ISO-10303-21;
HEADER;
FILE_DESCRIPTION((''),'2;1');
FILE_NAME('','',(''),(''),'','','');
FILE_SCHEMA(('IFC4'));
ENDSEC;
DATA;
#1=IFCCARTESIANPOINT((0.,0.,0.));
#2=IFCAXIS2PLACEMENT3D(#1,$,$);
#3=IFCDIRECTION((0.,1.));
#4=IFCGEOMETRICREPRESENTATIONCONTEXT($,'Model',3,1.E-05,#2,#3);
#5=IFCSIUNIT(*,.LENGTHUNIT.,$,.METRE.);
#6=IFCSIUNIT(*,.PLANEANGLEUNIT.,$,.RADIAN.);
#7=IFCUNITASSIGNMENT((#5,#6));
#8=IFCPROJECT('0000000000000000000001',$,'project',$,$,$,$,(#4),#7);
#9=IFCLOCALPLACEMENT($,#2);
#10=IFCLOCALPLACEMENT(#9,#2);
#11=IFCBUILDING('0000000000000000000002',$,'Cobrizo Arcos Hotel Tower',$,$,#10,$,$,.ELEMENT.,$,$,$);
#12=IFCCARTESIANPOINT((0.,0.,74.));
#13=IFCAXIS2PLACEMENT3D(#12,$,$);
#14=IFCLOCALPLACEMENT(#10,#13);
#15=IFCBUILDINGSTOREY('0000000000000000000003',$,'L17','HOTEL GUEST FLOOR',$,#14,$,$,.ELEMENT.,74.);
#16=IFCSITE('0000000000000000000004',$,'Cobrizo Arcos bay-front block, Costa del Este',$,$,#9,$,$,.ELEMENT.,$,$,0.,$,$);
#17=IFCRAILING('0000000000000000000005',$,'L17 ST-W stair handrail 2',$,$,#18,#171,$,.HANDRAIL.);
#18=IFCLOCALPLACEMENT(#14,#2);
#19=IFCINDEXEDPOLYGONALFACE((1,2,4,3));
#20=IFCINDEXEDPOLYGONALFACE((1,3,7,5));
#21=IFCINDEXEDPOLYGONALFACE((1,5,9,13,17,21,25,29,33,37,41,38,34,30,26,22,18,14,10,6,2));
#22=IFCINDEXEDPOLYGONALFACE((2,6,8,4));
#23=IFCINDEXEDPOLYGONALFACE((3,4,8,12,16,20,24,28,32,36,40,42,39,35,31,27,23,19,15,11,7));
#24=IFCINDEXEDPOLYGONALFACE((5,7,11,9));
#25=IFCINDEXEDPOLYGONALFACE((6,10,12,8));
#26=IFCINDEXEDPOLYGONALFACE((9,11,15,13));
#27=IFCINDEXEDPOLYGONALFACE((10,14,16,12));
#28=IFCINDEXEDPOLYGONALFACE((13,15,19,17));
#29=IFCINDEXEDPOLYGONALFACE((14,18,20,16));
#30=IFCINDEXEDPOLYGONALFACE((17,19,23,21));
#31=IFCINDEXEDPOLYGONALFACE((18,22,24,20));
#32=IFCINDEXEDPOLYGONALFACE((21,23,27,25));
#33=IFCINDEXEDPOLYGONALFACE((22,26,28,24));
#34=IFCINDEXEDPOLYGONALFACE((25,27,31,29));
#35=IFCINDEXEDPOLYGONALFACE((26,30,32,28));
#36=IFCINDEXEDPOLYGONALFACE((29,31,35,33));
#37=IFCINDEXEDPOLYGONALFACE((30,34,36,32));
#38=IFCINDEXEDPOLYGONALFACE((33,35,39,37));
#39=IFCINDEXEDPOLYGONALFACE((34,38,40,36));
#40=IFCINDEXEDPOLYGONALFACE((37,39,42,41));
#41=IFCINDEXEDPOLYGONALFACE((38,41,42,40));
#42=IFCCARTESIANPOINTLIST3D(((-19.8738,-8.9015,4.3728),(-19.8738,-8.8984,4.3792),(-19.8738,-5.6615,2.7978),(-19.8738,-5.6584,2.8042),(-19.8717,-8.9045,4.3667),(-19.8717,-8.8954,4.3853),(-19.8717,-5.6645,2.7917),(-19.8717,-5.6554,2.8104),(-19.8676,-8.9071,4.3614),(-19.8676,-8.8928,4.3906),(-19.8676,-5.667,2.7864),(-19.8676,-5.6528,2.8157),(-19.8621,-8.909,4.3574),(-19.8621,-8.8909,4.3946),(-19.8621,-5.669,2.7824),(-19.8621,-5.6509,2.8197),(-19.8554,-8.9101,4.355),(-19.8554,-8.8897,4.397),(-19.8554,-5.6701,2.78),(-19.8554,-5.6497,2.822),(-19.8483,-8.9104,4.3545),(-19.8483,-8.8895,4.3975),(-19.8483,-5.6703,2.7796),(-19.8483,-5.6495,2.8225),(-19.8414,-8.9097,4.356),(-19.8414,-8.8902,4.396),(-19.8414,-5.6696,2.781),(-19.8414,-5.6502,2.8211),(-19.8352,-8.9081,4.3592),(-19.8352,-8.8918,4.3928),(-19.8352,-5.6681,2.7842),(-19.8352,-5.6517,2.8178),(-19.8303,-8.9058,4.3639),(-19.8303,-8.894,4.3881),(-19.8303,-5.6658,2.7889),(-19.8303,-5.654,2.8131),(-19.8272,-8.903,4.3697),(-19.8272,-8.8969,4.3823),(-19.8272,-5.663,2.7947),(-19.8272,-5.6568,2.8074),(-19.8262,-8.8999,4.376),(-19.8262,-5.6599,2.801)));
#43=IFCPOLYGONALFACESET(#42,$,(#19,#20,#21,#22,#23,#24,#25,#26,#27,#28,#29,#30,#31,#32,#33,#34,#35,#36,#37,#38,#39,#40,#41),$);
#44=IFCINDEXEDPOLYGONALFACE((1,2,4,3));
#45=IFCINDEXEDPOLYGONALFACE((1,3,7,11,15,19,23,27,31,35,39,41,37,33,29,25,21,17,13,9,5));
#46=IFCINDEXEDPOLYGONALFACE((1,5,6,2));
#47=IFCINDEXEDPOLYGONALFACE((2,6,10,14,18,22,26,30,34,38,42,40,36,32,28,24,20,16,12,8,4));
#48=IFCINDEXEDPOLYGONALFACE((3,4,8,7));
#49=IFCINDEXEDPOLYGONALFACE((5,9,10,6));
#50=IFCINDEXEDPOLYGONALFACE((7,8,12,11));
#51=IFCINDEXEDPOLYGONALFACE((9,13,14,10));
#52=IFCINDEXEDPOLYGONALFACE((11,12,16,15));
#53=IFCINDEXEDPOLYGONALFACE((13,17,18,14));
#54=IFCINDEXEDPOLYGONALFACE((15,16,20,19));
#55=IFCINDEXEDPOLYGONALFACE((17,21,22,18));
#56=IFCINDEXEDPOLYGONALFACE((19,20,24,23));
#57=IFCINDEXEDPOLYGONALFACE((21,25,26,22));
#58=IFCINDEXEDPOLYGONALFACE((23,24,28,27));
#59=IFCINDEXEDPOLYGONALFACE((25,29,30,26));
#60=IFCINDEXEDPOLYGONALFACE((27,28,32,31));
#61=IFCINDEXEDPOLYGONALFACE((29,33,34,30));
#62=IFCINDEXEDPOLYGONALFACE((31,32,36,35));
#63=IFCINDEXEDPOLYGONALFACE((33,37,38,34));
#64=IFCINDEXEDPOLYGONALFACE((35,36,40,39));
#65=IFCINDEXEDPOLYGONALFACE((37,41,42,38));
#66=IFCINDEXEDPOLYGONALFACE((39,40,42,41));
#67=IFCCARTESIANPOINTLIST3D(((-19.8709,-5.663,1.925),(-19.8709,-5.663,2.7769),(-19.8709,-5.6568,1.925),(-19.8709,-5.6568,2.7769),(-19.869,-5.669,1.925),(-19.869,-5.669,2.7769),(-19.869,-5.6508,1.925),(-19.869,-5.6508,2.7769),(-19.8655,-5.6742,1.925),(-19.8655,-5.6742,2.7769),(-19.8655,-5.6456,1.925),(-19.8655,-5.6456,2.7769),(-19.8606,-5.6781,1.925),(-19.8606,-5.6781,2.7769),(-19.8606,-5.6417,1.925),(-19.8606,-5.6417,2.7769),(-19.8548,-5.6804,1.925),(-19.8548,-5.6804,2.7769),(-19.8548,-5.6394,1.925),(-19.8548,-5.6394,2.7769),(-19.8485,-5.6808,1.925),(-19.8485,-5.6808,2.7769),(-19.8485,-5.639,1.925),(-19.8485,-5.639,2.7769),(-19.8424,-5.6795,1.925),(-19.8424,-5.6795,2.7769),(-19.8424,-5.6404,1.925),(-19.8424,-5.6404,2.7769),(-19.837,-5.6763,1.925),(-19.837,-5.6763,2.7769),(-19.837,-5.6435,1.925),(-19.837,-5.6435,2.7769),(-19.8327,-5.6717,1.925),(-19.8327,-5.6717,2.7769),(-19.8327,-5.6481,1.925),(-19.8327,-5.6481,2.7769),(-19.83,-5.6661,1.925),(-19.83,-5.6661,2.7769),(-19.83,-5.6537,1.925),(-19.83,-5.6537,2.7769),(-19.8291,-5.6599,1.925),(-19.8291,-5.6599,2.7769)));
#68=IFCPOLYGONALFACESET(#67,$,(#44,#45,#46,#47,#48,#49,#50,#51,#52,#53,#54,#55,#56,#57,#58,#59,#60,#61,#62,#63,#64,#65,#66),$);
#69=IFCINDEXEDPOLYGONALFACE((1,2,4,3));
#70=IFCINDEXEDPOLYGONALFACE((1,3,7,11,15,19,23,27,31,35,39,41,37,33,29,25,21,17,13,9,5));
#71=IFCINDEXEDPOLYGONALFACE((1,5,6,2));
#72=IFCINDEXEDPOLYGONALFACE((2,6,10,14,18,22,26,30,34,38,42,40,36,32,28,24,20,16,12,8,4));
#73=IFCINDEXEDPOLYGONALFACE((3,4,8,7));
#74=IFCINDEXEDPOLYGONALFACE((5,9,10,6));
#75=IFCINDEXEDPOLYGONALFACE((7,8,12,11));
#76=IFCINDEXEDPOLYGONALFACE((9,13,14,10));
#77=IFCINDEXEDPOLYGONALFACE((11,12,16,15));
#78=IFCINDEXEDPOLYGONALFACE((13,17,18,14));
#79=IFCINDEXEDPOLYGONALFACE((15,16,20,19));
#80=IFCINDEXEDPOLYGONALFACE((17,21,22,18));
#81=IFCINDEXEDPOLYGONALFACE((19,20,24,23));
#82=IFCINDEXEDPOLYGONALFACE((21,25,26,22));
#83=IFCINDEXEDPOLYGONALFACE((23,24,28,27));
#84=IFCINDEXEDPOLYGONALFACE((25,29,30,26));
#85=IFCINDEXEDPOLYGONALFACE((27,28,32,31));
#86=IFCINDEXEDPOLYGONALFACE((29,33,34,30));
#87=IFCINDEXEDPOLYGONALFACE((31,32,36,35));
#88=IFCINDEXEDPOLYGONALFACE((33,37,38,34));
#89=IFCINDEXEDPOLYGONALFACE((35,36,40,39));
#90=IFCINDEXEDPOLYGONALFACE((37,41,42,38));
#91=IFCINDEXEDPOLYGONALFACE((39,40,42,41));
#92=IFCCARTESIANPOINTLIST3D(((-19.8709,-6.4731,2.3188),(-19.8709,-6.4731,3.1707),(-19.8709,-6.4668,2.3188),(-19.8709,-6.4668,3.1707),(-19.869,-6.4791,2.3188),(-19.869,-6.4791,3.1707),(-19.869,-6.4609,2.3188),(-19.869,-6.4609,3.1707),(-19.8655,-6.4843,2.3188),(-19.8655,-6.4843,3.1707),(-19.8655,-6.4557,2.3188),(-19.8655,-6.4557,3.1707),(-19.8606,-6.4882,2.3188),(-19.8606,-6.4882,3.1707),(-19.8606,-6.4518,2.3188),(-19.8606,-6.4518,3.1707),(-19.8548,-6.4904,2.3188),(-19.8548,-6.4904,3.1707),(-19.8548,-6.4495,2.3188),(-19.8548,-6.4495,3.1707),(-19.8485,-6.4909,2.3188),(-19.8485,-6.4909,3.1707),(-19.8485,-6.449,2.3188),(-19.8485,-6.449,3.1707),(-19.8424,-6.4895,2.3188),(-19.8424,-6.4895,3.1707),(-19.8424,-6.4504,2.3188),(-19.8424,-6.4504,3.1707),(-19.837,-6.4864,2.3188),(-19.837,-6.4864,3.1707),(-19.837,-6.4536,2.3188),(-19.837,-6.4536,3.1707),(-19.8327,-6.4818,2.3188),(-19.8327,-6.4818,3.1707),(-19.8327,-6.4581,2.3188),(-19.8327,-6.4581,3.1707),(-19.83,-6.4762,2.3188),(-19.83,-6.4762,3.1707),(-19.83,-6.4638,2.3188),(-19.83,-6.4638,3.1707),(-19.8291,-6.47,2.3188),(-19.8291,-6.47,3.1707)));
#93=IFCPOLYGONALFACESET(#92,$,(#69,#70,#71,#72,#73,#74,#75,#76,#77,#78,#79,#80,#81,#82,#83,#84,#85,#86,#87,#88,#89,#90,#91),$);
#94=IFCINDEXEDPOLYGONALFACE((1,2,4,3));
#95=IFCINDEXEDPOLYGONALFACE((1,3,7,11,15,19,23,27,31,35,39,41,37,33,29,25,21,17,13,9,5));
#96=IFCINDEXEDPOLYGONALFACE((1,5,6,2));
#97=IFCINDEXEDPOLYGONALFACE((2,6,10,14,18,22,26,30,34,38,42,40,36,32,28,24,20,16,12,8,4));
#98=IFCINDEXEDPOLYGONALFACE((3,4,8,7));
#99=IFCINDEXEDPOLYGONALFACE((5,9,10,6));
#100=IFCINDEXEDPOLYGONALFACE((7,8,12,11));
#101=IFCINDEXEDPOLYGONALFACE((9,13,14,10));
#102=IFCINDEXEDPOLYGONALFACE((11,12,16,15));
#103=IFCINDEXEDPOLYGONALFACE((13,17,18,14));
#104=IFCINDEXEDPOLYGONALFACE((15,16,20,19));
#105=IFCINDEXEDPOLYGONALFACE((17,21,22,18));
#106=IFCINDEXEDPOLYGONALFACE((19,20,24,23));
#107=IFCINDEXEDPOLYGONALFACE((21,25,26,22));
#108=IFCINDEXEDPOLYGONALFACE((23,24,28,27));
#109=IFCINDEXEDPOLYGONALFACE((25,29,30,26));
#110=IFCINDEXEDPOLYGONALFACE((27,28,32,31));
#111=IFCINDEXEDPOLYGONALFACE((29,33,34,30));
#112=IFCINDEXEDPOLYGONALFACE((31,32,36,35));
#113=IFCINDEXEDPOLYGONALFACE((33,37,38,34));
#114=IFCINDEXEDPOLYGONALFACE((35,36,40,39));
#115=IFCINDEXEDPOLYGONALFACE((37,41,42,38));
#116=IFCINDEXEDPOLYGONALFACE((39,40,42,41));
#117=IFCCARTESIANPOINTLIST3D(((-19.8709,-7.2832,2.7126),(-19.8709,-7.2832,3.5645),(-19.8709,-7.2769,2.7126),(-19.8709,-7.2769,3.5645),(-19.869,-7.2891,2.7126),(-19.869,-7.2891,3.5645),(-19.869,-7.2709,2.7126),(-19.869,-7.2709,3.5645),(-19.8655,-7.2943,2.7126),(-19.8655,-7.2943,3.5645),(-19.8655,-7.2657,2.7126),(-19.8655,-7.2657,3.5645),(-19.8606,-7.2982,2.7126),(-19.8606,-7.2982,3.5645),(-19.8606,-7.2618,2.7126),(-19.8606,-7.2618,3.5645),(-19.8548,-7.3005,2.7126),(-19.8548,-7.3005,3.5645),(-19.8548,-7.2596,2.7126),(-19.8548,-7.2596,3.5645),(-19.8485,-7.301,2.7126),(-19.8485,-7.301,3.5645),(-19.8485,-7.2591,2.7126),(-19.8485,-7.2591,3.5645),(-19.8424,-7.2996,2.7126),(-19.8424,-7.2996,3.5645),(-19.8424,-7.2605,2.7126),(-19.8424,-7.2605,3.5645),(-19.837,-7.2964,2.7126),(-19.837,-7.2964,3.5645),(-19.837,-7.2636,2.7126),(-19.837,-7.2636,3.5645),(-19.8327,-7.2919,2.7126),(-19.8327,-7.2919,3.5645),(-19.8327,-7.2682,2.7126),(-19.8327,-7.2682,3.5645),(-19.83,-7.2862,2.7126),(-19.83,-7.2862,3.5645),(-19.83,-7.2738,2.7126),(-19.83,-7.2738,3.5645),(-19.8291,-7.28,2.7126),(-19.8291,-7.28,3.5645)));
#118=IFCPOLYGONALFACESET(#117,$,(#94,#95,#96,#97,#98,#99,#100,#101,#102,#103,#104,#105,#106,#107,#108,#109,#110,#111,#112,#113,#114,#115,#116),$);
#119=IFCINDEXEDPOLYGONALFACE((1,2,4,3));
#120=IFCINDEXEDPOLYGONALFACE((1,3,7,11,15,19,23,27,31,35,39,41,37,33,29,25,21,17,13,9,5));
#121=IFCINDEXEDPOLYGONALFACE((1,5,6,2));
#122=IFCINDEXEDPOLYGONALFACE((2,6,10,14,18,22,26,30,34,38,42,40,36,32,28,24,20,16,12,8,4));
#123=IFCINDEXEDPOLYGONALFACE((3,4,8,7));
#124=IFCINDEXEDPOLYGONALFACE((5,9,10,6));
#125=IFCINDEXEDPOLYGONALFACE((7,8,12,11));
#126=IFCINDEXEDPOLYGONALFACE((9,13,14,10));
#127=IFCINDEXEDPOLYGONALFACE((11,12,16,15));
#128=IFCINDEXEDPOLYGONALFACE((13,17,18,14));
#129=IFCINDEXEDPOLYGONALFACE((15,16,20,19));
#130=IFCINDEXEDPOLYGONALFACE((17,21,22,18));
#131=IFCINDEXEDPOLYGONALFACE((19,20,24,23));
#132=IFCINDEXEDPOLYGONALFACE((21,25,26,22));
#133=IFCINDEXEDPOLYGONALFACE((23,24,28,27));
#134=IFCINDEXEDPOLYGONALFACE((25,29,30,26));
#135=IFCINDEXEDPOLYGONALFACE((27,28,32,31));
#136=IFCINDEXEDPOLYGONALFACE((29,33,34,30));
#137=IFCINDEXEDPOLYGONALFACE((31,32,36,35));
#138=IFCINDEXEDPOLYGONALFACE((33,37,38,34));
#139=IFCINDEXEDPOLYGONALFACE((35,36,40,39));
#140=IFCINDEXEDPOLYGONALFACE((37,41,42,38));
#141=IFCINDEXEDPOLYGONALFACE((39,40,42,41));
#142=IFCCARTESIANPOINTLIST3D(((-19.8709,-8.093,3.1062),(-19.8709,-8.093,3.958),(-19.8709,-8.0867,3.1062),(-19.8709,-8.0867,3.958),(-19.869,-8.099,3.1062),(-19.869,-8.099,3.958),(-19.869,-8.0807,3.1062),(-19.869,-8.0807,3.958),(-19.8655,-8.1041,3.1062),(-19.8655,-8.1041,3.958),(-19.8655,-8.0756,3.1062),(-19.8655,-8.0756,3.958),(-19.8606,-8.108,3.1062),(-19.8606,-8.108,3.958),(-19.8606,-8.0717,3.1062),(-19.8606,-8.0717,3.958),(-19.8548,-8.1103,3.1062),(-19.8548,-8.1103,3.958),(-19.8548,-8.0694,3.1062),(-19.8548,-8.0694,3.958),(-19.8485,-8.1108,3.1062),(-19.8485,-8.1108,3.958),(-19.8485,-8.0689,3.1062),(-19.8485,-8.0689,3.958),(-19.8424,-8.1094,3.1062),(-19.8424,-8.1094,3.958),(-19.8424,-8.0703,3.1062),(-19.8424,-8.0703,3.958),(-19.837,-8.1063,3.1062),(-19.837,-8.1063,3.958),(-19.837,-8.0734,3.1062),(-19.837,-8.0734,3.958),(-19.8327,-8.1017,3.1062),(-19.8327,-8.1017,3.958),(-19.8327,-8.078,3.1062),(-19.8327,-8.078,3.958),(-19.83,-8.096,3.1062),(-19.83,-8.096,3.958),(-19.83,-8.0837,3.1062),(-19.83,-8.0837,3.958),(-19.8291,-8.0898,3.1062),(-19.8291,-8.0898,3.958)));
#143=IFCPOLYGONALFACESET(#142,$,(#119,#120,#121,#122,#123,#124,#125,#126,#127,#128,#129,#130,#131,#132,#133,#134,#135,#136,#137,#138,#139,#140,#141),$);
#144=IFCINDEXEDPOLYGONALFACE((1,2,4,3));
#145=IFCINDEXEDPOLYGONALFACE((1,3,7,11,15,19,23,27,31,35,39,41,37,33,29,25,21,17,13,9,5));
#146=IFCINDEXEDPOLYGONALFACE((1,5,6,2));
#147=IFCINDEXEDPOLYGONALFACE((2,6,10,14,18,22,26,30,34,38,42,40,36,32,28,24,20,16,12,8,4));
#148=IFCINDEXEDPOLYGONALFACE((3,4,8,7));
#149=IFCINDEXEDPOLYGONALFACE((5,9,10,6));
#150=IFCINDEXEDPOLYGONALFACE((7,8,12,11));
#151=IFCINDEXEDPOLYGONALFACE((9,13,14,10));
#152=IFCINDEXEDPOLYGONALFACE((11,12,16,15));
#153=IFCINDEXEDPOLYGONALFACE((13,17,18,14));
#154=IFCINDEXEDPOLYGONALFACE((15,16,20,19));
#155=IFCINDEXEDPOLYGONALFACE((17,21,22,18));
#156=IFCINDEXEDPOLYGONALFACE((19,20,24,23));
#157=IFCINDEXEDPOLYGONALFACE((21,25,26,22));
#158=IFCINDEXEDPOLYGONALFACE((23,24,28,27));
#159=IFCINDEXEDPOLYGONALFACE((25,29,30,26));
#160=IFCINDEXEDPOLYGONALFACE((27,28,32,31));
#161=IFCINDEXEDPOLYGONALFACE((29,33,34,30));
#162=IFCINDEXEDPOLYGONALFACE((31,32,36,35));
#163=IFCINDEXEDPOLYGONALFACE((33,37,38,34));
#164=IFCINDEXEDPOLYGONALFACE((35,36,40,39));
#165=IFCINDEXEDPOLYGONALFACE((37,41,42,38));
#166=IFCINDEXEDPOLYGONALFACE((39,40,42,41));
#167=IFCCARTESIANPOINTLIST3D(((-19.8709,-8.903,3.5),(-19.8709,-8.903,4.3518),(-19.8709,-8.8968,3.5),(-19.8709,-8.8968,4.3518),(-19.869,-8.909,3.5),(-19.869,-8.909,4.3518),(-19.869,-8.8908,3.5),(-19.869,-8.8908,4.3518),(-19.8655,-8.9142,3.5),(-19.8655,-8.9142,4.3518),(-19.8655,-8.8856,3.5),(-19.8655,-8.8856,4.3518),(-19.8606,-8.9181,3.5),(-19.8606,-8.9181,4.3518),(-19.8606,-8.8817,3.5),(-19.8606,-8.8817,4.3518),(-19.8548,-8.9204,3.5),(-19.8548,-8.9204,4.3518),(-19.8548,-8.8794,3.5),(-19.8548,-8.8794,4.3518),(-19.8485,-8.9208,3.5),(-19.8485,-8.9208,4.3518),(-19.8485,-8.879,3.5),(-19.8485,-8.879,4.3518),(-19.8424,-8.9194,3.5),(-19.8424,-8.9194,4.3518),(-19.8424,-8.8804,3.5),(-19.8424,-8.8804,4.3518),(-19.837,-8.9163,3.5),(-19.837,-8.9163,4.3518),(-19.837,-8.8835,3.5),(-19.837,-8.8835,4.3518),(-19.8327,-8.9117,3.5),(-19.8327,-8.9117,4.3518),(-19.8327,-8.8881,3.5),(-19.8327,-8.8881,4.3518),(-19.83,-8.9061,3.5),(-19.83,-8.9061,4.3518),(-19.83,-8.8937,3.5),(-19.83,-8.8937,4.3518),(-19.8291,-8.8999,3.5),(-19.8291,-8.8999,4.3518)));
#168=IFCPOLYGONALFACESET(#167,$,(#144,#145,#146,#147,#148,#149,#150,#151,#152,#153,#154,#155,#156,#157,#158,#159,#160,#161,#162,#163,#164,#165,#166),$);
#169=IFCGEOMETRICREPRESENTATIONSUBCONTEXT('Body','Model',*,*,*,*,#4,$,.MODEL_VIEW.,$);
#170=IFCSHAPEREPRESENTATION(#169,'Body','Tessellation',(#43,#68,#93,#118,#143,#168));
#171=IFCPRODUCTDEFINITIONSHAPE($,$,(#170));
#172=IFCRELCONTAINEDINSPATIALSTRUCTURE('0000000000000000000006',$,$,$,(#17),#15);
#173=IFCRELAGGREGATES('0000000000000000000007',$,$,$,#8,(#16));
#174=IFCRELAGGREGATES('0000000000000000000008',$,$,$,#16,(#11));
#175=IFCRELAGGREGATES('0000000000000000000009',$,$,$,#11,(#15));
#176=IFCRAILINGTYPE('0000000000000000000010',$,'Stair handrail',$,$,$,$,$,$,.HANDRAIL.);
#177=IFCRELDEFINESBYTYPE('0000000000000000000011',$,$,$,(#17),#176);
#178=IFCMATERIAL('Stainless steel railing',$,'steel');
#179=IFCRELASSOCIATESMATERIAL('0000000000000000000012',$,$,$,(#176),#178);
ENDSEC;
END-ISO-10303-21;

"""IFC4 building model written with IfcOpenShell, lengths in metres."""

from ifc_helpers import new_model, si_unit, direction, frame, origin, origin_2d, place, context, subcontext, project, spatial, circle, extrude, material, type_object, element, save


model = new_model("IFC4")

# Units and contexts
model_context = context("Model", 3, precision=1e-05, world=origin(), true_north=direction((0.0, 1.0)))
body_context = subcontext(model_context, "Body", "Model", "MODEL_VIEW")
ifc_project = project(units=[si_unit("LENGTHUNIT", "METRE"), si_unit("PLANEANGLEUNIT", "RADIAN")], contexts=[model_context])

# Site, building, storey
site_placement = place(None, origin())
site = spatial("IfcSite", under=ifc_project, at=site_placement, Name="Cobrizo Arcos bay-front block, Costa del Este", CompositionType="ELEMENT", RefElevation=0.0)
building_placement = place(site_placement, origin())
building = spatial("IfcBuilding", under=site, at=building_placement, Name="Cobrizo Arcos Hotel Tower", CompositionType="ELEMENT")
storey_placement = place(building_placement, frame((0.0, 0.0, 74.0)))
storey = spatial("IfcBuildingStorey", under=building, at=storey_placement, Name="L17", Description="HOTEL GUEST FLOOR", CompositionType="ELEMENT", Elevation=74.0)

# Railing
ifc_material_1 = material(Name="Stainless steel railing", Category="steel")
railing_type_1 = type_object("IfcRailingType", Name="Stair handrail", PredefinedType="HANDRAIL", material=ifc_material_1)
railing_1_placement = place(storey_placement, frame((-19.8501, -5.6599, 1.925)))
element("IfcRailing", 1, at=railing_1_placement, inside=storey, type_object=railing_type_1, Name="L17 ST-W stair handrail 2", PredefinedType="HANDRAIL", context=body_context, shape_type="SweptSolid", body=[
    extrude(circle(Radius=0.0239, at=origin_2d()), frame((0.0, 0.0, 0.876), z_axis=(0.0, -0.899373, 0.437183), x_axis=(1.0, 0.0, 0.0)), (0.0, 0.0, 1.0), 3.6025),
    extrude(circle(Radius=0.021, at=origin_2d()), origin(), (0.0, 0.0, 1.0), 0.8518),
    extrude(circle(Radius=0.021, at=origin_2d()), frame((0.0, -0.8101, 0.3938)), (0.0, 0.0, 1.0), 0.8518),
    extrude(circle(Radius=0.021, at=origin_2d()), frame((0.0, -1.6201, 0.7876)), (0.0, 0.0, 1.0), 0.8518),
    extrude(circle(Radius=0.021, at=origin_2d()), frame((0.0, -2.4299, 1.1812)), (0.0, 0.0, 1.0), 0.8518),
    extrude(circle(Radius=0.021, at=origin_2d()), frame((0.0, -3.24, 1.575)), (0.0, 0.0, 1.0), 0.8518),
])

save(model, "model.ifc")
